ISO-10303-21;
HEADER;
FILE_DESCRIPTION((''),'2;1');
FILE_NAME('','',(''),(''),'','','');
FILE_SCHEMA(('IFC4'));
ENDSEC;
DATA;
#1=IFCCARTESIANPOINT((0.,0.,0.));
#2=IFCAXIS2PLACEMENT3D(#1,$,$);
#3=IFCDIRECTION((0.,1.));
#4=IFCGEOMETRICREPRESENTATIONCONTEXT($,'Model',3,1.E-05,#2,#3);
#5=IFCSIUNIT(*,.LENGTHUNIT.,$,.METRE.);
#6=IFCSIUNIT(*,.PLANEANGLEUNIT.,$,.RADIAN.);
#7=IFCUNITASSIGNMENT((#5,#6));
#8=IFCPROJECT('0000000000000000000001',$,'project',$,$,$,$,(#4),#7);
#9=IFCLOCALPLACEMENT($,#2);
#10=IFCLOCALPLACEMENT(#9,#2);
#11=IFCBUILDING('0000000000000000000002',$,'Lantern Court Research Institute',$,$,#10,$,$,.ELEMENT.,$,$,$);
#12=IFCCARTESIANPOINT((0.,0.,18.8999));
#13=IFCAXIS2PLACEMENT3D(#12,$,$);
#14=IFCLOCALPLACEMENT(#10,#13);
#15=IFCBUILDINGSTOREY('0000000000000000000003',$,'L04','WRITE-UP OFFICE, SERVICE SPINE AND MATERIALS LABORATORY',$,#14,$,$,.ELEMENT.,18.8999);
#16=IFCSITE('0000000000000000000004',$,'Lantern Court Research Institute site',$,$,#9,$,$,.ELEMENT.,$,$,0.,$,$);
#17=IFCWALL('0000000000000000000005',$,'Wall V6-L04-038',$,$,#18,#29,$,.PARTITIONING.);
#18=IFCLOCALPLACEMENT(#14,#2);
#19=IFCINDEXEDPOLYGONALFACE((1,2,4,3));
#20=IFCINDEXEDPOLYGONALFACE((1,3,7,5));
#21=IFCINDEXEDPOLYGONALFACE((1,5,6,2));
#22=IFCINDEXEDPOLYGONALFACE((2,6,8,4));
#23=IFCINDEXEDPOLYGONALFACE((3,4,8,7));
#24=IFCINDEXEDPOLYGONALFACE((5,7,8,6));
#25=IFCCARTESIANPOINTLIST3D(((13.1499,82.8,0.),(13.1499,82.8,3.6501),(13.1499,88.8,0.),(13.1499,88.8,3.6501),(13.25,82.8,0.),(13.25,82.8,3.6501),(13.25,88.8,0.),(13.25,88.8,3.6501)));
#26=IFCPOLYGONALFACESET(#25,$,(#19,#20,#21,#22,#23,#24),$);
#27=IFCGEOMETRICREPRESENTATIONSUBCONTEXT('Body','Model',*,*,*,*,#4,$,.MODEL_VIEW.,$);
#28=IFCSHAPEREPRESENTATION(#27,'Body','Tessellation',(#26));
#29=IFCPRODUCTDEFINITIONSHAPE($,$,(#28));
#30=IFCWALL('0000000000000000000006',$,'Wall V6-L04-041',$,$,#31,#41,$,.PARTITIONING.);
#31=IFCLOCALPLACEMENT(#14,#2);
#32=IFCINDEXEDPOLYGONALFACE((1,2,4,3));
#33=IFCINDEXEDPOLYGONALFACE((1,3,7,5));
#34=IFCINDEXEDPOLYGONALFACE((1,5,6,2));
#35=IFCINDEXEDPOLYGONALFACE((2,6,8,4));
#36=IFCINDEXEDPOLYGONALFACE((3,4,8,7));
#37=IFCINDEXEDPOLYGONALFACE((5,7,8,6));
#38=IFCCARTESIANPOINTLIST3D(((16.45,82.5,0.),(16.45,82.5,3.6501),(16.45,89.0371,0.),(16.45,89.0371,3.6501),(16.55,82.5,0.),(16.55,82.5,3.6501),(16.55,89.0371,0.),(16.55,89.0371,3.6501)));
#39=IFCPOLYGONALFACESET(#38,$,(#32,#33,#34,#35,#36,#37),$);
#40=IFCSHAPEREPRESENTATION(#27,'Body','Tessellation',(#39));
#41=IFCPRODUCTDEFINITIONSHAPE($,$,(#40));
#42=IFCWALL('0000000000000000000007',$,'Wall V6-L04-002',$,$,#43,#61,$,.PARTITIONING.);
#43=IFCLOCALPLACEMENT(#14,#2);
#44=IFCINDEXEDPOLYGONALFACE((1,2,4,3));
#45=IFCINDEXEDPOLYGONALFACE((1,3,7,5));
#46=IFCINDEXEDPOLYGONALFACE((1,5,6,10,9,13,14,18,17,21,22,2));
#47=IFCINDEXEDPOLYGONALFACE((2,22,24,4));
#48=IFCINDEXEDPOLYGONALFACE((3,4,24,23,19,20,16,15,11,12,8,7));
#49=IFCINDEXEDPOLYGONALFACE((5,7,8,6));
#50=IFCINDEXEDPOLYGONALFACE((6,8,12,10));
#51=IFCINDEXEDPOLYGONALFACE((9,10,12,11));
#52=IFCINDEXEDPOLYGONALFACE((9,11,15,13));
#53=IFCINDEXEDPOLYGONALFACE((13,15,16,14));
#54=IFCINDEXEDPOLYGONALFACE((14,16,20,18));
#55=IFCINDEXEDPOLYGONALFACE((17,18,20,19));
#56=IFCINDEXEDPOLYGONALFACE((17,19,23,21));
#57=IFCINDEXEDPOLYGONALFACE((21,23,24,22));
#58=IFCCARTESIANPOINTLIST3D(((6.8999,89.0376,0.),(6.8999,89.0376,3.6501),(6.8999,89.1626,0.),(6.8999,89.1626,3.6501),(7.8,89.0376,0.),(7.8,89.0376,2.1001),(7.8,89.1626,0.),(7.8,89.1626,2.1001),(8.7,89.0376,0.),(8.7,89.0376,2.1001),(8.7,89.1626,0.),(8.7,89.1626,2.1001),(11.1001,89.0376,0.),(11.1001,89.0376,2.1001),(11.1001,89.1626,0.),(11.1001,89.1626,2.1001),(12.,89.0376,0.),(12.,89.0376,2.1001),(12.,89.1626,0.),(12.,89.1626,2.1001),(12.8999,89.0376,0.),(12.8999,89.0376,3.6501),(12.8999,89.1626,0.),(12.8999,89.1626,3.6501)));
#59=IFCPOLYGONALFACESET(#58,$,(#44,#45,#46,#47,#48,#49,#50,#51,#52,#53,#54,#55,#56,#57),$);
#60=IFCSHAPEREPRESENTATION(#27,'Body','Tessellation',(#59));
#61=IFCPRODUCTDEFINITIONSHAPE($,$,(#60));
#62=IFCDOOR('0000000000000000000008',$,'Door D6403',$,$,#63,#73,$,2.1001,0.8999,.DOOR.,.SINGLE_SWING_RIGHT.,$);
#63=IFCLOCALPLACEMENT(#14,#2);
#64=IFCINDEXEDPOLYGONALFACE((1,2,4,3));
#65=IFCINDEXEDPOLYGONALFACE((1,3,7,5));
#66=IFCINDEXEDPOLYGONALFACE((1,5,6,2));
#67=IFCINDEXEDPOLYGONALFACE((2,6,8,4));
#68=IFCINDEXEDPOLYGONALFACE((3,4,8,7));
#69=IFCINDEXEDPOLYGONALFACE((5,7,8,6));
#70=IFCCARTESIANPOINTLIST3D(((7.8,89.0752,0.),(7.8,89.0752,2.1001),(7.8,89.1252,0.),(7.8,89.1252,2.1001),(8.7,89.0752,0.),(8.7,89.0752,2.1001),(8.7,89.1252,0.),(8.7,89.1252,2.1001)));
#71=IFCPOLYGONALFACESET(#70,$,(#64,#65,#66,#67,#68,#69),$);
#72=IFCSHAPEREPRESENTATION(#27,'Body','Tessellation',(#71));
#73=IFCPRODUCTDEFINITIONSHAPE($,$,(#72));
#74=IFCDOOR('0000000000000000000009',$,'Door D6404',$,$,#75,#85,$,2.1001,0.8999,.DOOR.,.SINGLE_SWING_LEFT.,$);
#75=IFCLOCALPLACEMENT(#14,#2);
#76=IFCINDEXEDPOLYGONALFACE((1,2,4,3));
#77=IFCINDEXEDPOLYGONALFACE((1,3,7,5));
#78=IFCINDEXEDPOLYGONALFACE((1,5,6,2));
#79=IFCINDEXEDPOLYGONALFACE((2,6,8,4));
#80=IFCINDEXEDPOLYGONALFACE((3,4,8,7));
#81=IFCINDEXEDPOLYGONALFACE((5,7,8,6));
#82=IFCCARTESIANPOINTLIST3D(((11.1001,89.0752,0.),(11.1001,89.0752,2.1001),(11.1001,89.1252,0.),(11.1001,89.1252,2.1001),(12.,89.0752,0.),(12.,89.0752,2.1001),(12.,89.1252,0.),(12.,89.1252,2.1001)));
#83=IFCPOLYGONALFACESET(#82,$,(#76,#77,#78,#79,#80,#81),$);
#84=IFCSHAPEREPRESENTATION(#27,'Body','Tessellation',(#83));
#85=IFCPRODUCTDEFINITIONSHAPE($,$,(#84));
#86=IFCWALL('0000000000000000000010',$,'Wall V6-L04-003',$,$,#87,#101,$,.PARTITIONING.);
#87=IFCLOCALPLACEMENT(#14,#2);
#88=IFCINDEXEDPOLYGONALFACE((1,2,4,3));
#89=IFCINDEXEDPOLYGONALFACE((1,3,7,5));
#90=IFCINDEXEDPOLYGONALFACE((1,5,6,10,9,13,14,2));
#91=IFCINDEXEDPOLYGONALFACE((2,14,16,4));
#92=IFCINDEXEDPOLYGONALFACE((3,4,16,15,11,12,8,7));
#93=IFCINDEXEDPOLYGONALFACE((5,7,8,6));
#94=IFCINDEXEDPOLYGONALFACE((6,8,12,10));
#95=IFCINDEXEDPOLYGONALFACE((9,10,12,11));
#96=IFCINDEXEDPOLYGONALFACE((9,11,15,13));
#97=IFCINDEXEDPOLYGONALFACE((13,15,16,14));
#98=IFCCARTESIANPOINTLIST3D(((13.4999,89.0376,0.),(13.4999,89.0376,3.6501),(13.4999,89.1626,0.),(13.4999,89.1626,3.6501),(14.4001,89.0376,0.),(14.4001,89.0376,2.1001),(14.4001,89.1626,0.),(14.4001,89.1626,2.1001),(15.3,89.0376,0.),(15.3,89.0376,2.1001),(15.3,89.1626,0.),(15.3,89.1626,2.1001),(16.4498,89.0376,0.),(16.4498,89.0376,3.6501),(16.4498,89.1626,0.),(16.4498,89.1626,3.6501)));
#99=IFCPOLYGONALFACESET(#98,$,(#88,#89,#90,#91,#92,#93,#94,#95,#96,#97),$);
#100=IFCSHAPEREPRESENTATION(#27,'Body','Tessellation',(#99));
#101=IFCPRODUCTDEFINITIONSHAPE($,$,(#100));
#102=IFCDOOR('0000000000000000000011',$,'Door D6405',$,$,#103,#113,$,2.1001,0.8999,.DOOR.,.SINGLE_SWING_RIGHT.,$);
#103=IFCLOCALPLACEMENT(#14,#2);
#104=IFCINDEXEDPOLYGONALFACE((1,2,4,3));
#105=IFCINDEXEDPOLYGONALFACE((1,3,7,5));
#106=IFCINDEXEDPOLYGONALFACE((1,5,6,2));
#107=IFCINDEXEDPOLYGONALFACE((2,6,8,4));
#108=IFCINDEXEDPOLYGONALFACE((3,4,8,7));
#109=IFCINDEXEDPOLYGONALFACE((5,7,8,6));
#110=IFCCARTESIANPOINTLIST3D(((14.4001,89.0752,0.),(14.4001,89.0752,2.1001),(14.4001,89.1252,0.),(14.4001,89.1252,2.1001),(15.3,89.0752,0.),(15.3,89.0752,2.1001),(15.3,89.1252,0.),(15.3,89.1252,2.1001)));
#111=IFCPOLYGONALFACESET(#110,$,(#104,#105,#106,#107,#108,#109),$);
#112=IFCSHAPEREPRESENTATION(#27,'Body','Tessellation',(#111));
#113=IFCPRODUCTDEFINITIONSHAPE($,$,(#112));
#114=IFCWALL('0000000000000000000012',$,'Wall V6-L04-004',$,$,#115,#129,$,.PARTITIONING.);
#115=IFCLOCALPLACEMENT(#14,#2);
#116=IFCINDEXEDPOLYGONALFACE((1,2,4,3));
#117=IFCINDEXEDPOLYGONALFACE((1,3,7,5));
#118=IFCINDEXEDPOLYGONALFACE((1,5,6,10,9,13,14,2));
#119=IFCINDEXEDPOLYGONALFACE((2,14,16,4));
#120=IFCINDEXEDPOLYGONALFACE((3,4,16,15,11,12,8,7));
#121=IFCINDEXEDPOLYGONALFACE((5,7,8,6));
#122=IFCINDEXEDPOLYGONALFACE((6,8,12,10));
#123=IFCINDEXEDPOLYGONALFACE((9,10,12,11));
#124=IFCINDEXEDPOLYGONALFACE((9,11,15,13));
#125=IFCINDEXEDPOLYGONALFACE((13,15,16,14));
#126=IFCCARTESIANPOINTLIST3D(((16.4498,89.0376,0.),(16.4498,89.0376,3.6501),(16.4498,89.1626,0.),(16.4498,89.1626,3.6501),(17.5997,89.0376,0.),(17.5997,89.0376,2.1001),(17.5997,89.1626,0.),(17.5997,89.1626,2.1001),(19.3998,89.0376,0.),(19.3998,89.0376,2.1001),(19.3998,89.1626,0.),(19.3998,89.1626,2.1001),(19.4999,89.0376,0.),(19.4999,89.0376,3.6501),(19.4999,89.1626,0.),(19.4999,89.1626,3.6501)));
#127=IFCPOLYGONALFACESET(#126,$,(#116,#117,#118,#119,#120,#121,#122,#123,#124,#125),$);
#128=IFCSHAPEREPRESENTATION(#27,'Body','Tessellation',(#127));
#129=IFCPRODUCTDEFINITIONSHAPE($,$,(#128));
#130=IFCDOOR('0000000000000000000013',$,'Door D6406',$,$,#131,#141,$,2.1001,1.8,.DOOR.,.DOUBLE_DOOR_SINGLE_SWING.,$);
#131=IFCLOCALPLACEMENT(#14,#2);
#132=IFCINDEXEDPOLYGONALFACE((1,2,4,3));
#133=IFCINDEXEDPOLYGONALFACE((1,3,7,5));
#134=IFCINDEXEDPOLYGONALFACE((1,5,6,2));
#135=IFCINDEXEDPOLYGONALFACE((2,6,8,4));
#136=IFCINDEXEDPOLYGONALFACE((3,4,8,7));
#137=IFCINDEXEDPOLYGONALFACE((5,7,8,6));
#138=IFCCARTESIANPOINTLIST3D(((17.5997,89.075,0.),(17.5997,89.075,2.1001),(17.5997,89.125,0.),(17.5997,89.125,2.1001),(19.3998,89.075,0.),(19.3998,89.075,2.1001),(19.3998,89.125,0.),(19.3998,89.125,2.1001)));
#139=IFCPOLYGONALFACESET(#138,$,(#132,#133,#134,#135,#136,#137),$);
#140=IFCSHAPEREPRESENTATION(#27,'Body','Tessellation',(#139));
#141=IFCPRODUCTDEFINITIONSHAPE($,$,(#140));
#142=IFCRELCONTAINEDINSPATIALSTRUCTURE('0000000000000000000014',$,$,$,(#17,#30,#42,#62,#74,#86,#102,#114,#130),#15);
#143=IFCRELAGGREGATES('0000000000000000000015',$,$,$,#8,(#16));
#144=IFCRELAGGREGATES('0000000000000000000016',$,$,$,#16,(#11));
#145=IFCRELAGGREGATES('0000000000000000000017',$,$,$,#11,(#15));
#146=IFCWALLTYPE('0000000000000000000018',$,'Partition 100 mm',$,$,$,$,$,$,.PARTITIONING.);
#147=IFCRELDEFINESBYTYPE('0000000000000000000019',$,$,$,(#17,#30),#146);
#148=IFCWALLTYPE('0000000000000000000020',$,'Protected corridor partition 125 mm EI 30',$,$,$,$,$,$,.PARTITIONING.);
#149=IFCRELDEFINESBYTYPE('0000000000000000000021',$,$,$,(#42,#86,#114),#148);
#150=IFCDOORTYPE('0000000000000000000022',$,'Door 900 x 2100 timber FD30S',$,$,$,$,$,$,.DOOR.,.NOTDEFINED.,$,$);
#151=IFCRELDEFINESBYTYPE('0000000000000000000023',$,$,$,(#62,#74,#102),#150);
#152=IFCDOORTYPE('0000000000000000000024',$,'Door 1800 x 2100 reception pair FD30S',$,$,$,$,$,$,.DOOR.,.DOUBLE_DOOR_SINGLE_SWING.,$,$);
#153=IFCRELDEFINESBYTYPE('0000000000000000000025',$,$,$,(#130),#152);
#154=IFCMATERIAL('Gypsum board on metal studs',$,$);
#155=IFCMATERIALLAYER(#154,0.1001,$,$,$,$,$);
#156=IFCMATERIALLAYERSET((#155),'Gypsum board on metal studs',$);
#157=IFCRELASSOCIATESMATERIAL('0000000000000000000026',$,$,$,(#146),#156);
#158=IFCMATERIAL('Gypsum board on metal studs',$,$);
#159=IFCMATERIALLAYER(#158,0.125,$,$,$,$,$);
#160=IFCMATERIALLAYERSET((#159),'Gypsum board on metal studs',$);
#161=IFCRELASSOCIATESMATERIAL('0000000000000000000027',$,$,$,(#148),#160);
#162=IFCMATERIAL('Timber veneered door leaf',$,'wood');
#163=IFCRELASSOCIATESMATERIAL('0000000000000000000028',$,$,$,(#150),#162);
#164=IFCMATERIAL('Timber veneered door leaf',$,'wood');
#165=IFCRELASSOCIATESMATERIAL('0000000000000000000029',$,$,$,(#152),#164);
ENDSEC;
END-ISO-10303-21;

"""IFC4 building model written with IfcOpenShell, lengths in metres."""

from ifc_helpers import new_model, si_unit, direction, frame, frame_2d, origin, place, context, subcontext, project, spatial, rectangle, extrude, material, layer, layer_set, type_object, element, fill, save


model = new_model("IFC4")

# Units and contexts
model_context = context("Model", 3, precision=1e-05, world=origin(), true_north=direction((0.0, 1.0)))
body_context = subcontext(model_context, "Body", "Model", "MODEL_VIEW")
ifc_project = project(units=[si_unit("LENGTHUNIT", "METRE"), si_unit("PLANEANGLEUNIT", "RADIAN")], contexts=[model_context])

# Site, building, storey
site_placement = place(None, origin())
site = spatial("IfcSite", under=ifc_project, at=site_placement, Name="Lantern Court Research Institute site", CompositionType="ELEMENT", RefElevation=0.0)
building_placement = place(site_placement, origin())
building = spatial("IfcBuilding", under=site, at=building_placement, Name="Lantern Court Research Institute", CompositionType="ELEMENT")
storey_placement = place(building_placement, frame((0.0, 0.0, 18.8999)))
storey = spatial("IfcBuildingStorey", under=building, at=storey_placement, Name="L04", Description="WRITE-UP OFFICE, SERVICE SPINE AND MATERIALS LABORATORY", CompositionType="ELEMENT", Elevation=18.8999)

# Walls
ifc_material_1 = material(Name="Gypsum board on metal studs")
ifc_layer_1 = layer(ifc_material_1, 0.1001)
ifc_layer_set_1 = layer_set([ifc_layer_1], Name="Gypsum board on metal studs")
wall_type_1 = type_object("IfcWallType", Name="Partition 100 mm", PredefinedType="PARTITIONING", material=ifc_layer_set_1)
wall_1_placement = place(storey_placement, frame((13.2, 82.8, 0.0), z_axis=(0.0, 0.0, 1.0), x_axis=(0.0, 1.0, 0.0)))
element("IfcWall", 1, at=wall_1_placement, inside=storey, type_object=wall_type_1, Name="Wall V6-L04-038", PredefinedType="PARTITIONING", context=body_context, shape_type="SweptSolid", body=[
    extrude(rectangle(XDim=6.0, YDim=0.1001, at=frame_2d((3.0, 0.0))), origin(), (0.0, 0.0, 1.0), 3.6501),
])
wall_2_placement = place(storey_placement, frame((16.5, 82.5, 0.0), z_axis=(0.0, 0.0, 1.0), x_axis=(0.0, 1.0, 0.0)))
element("IfcWall", 2, at=wall_2_placement, inside=storey, type_object=wall_type_1, Name="Wall V6-L04-041", PredefinedType="PARTITIONING", context=body_context, shape_type="SweptSolid", body=[
    extrude(rectangle(XDim=6.5371, YDim=0.1001, at=frame_2d((3.2686, 0.0))), origin(), (0.0, 0.0, 1.0), 3.6501),
])

# Wall, openings, doors
ifc_material_2 = material(Name="Gypsum board on metal studs")
ifc_layer_2 = layer(ifc_material_2, 0.125)
ifc_layer_set_2 = layer_set([ifc_layer_2], Name="Gypsum board on metal studs")
wall_type_2 = type_object("IfcWallType", Name="Protected corridor partition 125 mm EI 30", PredefinedType="PARTITIONING", material=ifc_layer_set_2)
wall_3_placement = place(storey_placement, frame((12.8999, 89.1001, 0.0), z_axis=(0.0, 0.0, 1.0), x_axis=(-1.0, 0.0, 0.0)))
wall_3 = element("IfcWall", 3, at=wall_3_placement, inside=storey, type_object=wall_type_2, Name="Wall V6-L04-002", PredefinedType="PARTITIONING", context=body_context, shape_type="SweptSolid", body=[
    extrude(rectangle(XDim=6.0, YDim=0.125, at=frame_2d((3.0, 0.0))), origin(), (0.0, 0.0, 1.0), 3.6501),
])
opening_1_placement = place(wall_3_placement, frame((4.2, 0.0, 0.0)))
opening_1 = element("IfcOpeningElement", 4, at=opening_1_placement, cuts=wall_3, PredefinedType="OPENING", context=body_context, shape_type="SweptSolid", body=[
    extrude(rectangle(XDim=0.8999, YDim=2.1001, at=frame_2d((0.45, 1.05))), frame((0.0, 0.0725, 0.0), z_axis=(0.0, -1.0, 0.0), x_axis=(1.0, 0.0, 0.0)), (0.0, 0.0, 1.0), 0.145),
])
opening_2_placement = place(wall_3_placement, frame((0.8999, 0.0, 0.0)))
opening_2 = element("IfcOpeningElement", 5, at=opening_2_placement, cuts=wall_3, PredefinedType="OPENING", context=body_context, shape_type="SweptSolid", body=[
    extrude(rectangle(XDim=0.8999, YDim=2.1001, at=frame_2d((0.45, 1.05))), frame((0.0, 0.0725, 0.0), z_axis=(0.0, -1.0, 0.0), x_axis=(1.0, 0.0, 0.0)), (0.0, 0.0, 1.0), 0.145),
])
ifc_material_3 = material(Name="Timber veneered door leaf", Category="wood")
door_type_1 = type_object("IfcDoorType", Name="Door 900 x 2100 timber FD30S", OperationType="NOTDEFINED", PredefinedType="DOOR", material=ifc_material_3)
door_1_placement = place(opening_1_placement, origin())
door_1 = element("IfcDoor", 6, at=door_1_placement, inside=storey, type_object=door_type_1, Name="Door D6403", OperationType="SINGLE_SWING_RIGHT", OverallHeight=2.1001, OverallWidth=0.8999, PredefinedType="DOOR", context=body_context, shape_type="SweptSolid", body=[
    extrude(rectangle(XDim=0.8999, YDim=2.1001, at=frame_2d((0.45, 1.05))), frame((0.0, 0.0249, 0.0), z_axis=(0.0, -1.0, 0.0), x_axis=(1.0, 0.0, 0.0)), (0.0, 0.0, 1.0), 0.05),
])
fill(opening_1, door_1)
door_2_placement = place(opening_2_placement, origin())
door_2 = element("IfcDoor", 7, at=door_2_placement, inside=storey, type_object=door_type_1, Name="Door D6404", OperationType="SINGLE_SWING_LEFT", OverallHeight=2.1001, OverallWidth=0.8999, PredefinedType="DOOR", context=body_context, shape_type="SweptSolid", body=[
    extrude(rectangle(XDim=0.8999, YDim=2.1001, at=frame_2d((0.45, 1.05))), frame((0.0, 0.0249, 0.0), z_axis=(0.0, -1.0, 0.0), x_axis=(1.0, 0.0, 0.0)), (0.0, 0.0, 1.0), 0.05),
])
fill(opening_2, door_2)

# Walls, openings, doors
wall_4_placement = place(storey_placement, frame((16.45, 89.1001, 0.0), z_axis=(0.0, 0.0, 1.0), x_axis=(-1.0, 0.0, 0.0)))
wall_4 = element("IfcWall", 8, at=wall_4_placement, inside=storey, type_object=wall_type_2, Name="Wall V6-L04-003", PredefinedType="PARTITIONING", context=body_context, shape_type="SweptSolid", body=[
    extrude(rectangle(XDim=2.95, YDim=0.125, at=frame_2d((1.4751, 0.0))), origin(), (0.0, 0.0, 1.0), 3.6501),
])
opening_3_placement = place(wall_4_placement, frame((1.1499, 0.0, 0.0)))
opening_3 = element("IfcOpeningElement", 9, at=opening_3_placement, cuts=wall_4, PredefinedType="OPENING", context=body_context, shape_type="SweptSolid", body=[
    extrude(rectangle(XDim=0.8999, YDim=2.1001, at=frame_2d((0.45, 1.05))), frame((0.0, 0.0725, 0.0), z_axis=(0.0, -1.0, 0.0), x_axis=(1.0, 0.0, 0.0)), (0.0, 0.0, 1.0), 0.145),
])
door_3_placement = place(opening_3_placement, origin())
door_3 = element("IfcDoor", 10, at=door_3_placement, inside=storey, type_object=door_type_1, Name="Door D6405", OperationType="SINGLE_SWING_RIGHT", OverallHeight=2.1001, OverallWidth=0.8999, PredefinedType="DOOR", context=body_context, shape_type="SweptSolid", body=[
    extrude(rectangle(XDim=0.8999, YDim=2.1001, at=frame_2d((0.45, 1.05))), frame((0.0, 0.0249, 0.0), z_axis=(0.0, -1.0, 0.0), x_axis=(1.0, 0.0, 0.0)), (0.0, 0.0, 1.0), 0.05),
])
fill(opening_3, door_3)
wall_5_placement = place(storey_placement, frame((16.45, 89.1001, 0.0), z_axis=(0.0, 0.0, 1.0), x_axis=(1.0, 0.0, 0.0)))
wall_5 = element("IfcWall", 11, at=wall_5_placement, inside=storey, type_object=wall_type_2, Name="Wall V6-L04-004", PredefinedType="PARTITIONING", context=body_context, shape_type="SweptSolid", body=[
    extrude(rectangle(XDim=3.05, YDim=0.125, at=frame_2d((1.5249, 0.0))), origin(), (0.0, 0.0, 1.0), 3.6501),
])
opening_4_placement = place(wall_5_placement, frame((1.1499, 0.0, 0.0)))
opening_4 = element("IfcOpeningElement", 12, at=opening_4_placement, cuts=wall_5, PredefinedType="OPENING", context=body_context, shape_type="SweptSolid", body=[
    extrude(rectangle(XDim=1.8, YDim=2.1001, at=frame_2d((0.8999, 1.05))), frame((0.0, 0.0725, 0.0), z_axis=(0.0, -1.0, 0.0), x_axis=(1.0, 0.0, 0.0)), (0.0, 0.0, 1.0), 0.145),
])
ifc_material_4 = material(Name="Timber veneered door leaf", Category="wood")
door_type_2 = type_object("IfcDoorType", Name="Door 1800 x 2100 reception pair FD30S", OperationType="DOUBLE_DOOR_SINGLE_SWING", PredefinedType="DOOR", material=ifc_material_4)
door_4_placement = place(opening_4_placement, origin())
door_4 = element("IfcDoor", 13, at=door_4_placement, inside=storey, type_object=door_type_2, Name="Door D6406", OperationType="DOUBLE_DOOR_SINGLE_SWING", OverallHeight=2.1001, OverallWidth=1.8, PredefinedType="DOOR", context=body_context, shape_type="SweptSolid", body=[
    extrude(rectangle(XDim=1.8, YDim=2.1001, at=frame_2d((0.8999, 1.05))), frame((0.0, 0.0249, 0.0), z_axis=(0.0, -1.0, 0.0), x_axis=(1.0, 0.0, 0.0)), (0.0, 0.0, 1.0), 0.05),
])
fill(opening_4, door_4)

save(model, "model.ifc")
